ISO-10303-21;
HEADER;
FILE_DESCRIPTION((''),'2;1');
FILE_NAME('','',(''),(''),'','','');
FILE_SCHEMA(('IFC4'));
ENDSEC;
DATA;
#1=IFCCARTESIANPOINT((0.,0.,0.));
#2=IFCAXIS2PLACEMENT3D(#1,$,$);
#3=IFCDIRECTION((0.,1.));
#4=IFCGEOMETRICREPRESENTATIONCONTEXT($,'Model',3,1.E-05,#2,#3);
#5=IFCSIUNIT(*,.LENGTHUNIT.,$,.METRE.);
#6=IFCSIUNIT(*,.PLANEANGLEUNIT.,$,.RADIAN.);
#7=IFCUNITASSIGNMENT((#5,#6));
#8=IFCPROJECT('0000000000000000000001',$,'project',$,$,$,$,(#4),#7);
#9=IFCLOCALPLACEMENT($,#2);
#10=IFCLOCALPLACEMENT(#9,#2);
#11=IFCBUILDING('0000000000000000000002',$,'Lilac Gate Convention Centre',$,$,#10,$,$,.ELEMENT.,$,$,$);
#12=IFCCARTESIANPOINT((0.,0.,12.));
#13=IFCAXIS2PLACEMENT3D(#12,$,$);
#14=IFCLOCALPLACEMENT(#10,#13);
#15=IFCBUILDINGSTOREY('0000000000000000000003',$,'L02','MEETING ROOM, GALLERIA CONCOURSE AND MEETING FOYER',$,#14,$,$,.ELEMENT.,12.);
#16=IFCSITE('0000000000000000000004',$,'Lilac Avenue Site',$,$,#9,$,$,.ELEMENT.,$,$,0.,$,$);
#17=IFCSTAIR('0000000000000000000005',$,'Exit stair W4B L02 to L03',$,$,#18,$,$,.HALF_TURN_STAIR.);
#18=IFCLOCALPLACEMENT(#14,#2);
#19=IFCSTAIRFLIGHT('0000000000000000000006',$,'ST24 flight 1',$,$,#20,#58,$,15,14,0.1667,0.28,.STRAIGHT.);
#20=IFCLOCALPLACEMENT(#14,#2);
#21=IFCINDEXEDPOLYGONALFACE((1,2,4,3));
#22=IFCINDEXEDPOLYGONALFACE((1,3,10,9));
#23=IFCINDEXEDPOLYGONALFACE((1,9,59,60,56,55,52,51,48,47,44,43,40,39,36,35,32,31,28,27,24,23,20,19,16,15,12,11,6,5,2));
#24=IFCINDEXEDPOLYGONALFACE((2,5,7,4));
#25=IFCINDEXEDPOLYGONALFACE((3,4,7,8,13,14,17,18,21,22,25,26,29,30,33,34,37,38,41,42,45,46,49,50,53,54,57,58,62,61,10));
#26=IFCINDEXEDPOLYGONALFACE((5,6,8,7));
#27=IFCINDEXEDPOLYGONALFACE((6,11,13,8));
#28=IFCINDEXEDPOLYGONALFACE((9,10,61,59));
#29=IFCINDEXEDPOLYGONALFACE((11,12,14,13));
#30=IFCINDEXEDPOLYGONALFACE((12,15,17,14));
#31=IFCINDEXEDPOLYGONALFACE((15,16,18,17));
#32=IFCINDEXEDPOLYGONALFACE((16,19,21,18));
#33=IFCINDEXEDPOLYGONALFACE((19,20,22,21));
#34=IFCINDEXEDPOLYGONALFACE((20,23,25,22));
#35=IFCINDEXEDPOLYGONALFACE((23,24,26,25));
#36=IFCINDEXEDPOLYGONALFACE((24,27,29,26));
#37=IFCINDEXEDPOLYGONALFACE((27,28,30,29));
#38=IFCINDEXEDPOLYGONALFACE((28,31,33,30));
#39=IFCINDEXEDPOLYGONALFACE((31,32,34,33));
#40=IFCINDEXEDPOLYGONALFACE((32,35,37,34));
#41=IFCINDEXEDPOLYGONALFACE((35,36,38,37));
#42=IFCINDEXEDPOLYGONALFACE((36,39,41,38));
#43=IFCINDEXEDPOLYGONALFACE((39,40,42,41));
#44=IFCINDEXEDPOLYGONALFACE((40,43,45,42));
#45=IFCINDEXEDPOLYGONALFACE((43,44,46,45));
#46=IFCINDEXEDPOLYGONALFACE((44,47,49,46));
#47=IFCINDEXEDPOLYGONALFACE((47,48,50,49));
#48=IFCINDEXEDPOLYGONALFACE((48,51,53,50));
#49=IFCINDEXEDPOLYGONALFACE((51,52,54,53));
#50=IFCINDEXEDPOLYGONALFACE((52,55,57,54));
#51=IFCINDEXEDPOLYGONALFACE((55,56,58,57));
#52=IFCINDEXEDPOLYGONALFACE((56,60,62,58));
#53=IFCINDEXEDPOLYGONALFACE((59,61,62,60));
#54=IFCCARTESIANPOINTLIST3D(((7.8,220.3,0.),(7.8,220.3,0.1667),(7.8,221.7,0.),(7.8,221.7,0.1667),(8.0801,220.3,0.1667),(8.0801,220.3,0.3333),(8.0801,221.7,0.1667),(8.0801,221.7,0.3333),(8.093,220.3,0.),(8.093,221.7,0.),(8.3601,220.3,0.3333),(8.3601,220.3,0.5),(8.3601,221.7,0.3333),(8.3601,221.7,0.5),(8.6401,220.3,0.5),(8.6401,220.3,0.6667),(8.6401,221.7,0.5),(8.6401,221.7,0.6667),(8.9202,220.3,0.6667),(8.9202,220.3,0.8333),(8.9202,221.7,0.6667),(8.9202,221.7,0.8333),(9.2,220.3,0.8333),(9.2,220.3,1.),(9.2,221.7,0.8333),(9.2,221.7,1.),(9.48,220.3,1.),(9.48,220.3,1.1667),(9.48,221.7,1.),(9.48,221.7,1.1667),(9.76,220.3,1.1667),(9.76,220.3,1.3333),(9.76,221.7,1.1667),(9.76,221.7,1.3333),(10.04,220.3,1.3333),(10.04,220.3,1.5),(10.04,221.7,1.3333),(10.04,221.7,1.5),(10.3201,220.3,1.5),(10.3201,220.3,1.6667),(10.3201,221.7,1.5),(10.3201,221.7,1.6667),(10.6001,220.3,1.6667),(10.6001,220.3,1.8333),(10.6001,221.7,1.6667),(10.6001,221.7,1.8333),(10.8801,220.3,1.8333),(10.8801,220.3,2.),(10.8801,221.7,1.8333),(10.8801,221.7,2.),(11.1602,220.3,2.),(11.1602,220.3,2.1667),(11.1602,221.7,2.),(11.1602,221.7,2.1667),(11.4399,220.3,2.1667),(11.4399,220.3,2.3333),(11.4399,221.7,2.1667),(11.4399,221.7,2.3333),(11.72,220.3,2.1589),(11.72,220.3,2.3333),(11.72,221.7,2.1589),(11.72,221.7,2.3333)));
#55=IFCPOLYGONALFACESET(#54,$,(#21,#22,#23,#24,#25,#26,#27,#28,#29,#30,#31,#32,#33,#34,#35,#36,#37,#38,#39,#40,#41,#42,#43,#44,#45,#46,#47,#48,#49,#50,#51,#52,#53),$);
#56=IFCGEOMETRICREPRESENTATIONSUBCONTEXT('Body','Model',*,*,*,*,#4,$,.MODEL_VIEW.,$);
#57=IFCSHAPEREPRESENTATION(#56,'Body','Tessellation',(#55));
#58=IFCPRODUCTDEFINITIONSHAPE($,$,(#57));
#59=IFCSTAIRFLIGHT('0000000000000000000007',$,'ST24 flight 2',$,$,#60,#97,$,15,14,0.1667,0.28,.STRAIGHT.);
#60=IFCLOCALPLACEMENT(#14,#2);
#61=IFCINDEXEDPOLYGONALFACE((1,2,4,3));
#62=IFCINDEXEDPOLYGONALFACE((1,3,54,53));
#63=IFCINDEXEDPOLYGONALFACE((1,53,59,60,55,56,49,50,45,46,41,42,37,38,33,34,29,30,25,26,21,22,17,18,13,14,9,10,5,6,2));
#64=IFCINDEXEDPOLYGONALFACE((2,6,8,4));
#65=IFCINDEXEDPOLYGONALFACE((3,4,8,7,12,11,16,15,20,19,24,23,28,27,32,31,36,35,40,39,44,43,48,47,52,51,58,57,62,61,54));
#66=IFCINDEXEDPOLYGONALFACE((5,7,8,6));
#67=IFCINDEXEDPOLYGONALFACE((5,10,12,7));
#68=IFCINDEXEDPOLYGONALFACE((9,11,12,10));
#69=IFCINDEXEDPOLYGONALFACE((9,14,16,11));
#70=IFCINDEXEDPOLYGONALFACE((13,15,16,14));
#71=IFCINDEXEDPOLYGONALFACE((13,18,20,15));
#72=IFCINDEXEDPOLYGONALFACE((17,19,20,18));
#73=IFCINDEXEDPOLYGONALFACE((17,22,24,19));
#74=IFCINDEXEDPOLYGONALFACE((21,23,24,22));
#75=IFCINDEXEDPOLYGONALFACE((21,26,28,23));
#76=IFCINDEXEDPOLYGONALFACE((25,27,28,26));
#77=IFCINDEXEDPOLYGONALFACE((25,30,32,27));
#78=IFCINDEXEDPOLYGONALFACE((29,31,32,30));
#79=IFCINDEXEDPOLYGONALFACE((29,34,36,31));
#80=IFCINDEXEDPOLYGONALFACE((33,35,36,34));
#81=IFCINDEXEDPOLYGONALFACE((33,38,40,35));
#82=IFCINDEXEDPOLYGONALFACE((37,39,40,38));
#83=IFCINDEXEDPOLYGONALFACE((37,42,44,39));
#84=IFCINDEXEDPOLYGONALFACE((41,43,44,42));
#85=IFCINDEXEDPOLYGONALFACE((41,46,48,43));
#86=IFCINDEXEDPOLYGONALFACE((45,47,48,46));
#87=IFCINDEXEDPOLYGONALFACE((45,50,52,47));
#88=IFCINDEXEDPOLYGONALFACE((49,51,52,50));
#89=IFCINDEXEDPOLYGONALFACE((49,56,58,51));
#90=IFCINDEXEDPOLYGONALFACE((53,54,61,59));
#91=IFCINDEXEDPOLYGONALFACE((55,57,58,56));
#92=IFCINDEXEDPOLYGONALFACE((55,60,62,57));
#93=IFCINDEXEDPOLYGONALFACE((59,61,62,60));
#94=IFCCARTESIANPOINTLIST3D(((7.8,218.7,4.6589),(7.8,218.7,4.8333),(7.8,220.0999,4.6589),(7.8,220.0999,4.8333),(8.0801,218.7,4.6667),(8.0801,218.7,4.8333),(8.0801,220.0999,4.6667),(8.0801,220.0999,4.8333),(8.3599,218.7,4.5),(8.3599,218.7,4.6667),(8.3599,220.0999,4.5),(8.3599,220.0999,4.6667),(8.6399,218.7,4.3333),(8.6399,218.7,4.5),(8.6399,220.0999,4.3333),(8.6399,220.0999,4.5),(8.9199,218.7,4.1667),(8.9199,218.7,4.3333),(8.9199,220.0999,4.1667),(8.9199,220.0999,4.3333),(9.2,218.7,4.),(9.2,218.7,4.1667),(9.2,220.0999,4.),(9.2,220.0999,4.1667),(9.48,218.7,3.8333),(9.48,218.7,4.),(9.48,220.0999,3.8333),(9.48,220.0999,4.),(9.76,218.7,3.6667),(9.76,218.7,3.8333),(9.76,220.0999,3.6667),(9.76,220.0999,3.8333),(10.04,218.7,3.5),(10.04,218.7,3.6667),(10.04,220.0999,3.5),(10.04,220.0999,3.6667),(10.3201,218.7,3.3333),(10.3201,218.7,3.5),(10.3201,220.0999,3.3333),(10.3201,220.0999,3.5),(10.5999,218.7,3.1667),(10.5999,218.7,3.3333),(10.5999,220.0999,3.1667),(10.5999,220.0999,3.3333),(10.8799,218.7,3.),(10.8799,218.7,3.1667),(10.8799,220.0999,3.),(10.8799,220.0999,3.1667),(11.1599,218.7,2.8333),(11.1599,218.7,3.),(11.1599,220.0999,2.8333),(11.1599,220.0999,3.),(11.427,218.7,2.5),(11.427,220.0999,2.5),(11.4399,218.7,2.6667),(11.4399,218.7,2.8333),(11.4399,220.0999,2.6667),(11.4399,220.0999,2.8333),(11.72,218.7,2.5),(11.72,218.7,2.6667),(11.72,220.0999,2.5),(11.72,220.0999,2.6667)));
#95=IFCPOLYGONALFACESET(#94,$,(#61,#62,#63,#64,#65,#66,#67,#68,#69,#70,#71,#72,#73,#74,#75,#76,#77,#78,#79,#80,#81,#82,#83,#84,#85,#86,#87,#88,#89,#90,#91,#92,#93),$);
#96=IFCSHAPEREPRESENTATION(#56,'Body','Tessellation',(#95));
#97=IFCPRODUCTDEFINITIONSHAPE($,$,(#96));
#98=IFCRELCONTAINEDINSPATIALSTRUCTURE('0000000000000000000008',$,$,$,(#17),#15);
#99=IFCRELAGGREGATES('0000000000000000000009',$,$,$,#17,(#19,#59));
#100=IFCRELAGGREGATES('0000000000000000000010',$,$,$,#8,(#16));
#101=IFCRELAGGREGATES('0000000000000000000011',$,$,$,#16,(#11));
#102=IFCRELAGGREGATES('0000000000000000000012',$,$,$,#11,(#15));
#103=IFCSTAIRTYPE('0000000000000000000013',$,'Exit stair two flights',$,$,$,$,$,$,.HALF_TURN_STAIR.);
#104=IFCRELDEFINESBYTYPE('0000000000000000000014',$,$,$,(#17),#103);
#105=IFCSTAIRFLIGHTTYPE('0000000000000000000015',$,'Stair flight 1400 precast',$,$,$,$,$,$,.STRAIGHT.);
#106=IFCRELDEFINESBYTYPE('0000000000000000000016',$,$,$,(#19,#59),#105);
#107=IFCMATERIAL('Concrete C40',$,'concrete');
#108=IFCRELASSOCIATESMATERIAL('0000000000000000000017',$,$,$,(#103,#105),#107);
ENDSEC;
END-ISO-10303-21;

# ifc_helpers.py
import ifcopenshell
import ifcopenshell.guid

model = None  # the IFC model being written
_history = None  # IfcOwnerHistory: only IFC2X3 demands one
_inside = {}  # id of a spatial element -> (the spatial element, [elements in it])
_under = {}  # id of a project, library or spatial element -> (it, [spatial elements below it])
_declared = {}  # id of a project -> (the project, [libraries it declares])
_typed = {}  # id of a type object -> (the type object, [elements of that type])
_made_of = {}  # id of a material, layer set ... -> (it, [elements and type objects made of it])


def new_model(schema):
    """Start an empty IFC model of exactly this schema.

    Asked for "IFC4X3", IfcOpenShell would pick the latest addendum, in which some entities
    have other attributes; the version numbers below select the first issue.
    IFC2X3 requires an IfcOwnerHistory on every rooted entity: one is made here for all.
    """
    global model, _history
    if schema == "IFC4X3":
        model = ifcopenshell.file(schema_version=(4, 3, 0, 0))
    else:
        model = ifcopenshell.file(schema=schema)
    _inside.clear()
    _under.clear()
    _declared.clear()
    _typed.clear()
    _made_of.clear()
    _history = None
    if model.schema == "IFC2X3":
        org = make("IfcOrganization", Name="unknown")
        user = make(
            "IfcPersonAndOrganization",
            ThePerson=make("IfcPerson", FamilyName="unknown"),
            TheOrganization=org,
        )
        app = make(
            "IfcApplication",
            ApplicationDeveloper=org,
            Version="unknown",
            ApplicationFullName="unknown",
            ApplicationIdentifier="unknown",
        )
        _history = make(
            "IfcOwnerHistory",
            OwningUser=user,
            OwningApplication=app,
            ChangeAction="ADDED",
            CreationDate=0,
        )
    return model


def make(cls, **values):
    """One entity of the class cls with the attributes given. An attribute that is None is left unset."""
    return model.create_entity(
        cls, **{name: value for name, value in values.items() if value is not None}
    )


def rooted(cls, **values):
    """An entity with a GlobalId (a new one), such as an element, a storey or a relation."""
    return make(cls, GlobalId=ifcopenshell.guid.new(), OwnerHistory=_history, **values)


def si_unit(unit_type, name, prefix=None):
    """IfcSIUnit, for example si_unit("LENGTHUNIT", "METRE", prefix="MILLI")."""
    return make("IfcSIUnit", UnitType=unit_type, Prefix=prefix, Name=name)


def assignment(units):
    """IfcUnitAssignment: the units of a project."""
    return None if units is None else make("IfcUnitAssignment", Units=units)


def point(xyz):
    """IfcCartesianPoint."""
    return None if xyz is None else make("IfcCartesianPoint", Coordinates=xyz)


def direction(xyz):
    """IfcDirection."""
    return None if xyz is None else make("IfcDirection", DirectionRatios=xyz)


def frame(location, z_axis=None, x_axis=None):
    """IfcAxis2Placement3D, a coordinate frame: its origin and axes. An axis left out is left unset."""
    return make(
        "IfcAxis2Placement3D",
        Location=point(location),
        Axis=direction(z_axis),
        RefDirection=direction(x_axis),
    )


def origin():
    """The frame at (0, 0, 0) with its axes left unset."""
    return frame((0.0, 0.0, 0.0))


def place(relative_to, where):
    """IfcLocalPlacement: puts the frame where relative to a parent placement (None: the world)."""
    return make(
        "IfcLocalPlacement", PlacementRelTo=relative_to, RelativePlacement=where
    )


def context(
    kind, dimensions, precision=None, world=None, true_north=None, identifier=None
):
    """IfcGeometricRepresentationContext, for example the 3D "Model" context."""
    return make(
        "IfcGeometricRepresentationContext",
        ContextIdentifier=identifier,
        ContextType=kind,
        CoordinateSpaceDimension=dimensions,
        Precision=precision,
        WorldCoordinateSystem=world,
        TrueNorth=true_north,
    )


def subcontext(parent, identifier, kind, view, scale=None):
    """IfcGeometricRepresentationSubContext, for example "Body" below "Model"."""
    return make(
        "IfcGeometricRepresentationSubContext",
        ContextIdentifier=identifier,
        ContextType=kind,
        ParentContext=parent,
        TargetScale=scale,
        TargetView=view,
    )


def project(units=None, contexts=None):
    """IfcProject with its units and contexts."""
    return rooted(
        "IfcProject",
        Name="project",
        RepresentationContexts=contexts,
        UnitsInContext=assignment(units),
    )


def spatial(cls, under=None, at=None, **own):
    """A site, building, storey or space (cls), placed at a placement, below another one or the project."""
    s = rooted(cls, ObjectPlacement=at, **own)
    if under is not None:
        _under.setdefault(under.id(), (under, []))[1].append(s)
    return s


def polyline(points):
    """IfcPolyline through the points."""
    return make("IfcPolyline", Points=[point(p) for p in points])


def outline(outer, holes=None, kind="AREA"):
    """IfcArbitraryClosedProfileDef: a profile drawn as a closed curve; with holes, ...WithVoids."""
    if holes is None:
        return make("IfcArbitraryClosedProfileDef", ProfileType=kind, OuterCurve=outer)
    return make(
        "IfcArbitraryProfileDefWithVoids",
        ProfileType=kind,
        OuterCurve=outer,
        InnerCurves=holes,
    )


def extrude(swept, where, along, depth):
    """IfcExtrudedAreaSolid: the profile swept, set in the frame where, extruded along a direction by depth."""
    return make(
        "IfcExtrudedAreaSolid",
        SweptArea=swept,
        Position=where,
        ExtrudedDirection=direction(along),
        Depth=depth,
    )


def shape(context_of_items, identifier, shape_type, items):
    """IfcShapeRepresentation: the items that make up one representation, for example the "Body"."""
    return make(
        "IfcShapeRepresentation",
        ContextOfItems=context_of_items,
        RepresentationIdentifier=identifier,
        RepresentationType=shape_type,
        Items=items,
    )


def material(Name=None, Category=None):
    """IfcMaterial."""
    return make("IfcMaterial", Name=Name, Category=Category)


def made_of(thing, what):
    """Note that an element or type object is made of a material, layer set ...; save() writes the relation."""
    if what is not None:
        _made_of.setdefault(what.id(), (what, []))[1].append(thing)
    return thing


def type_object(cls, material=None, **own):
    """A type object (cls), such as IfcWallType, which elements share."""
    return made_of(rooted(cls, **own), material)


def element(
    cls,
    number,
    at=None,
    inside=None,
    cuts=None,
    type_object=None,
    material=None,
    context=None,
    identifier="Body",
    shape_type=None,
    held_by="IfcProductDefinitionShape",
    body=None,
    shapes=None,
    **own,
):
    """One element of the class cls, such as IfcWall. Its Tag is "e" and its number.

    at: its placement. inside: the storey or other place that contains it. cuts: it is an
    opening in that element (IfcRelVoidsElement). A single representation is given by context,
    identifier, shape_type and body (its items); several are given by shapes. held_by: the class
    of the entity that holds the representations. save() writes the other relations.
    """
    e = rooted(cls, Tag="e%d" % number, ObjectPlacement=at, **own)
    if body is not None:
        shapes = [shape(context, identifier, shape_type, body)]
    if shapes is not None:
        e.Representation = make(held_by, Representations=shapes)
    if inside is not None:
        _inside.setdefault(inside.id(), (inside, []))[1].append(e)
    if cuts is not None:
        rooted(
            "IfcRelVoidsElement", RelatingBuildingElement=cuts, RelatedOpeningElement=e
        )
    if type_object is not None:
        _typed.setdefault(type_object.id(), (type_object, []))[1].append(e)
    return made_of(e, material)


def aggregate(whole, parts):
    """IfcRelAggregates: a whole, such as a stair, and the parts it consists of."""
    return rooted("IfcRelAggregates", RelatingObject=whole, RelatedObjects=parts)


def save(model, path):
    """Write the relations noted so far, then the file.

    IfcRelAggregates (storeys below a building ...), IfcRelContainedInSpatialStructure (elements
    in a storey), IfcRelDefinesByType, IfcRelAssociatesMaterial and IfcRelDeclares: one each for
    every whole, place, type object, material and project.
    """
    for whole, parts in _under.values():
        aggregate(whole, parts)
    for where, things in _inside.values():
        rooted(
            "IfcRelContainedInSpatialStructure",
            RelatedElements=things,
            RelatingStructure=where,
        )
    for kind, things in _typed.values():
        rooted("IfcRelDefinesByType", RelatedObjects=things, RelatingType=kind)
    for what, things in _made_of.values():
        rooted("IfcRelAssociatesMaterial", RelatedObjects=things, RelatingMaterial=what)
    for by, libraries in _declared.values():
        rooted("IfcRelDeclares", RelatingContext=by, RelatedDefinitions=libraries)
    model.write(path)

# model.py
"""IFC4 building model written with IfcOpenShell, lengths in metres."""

from ifc_helpers import new_model, si_unit, direction, frame, origin, place, context, subcontext, project, spatial, polyline, outline, extrude, material, type_object, element, aggregate, save


model = new_model("IFC4")

# Units and contexts
model_context = context("Model", 3, precision=1e-05, world=origin(), true_north=direction((0.0, 1.0)))
body_context = subcontext(model_context, "Body", "Model", "MODEL_VIEW")
ifc_project = project(units=[si_unit("LENGTHUNIT", "METRE"), si_unit("PLANEANGLEUNIT", "RADIAN")], contexts=[model_context])

# Site, building, storey
site_placement = place(None, origin())
site = spatial("IfcSite", under=ifc_project, at=site_placement, Name="Lilac Avenue Site", CompositionType="ELEMENT", RefElevation=0.0)
building_placement = place(site_placement, origin())
building = spatial("IfcBuilding", under=site, at=building_placement, Name="Lilac Gate Convention Centre", CompositionType="ELEMENT")
storey_placement = place(building_placement, frame((0.0, 0.0, 12.0)))
storey = spatial("IfcBuildingStorey", under=building, at=storey_placement, Name="L02", Description="MEETING ROOM, GALLERIA CONCOURSE AND MEETING FOYER", CompositionType="ELEMENT", Elevation=12.0)

# Shared definitions
ifc_material_1 = material(Name="Concrete C40", Category="concrete")

# Stair, stair flights
stair_type = type_object("IfcStairType", Name="Exit stair two flights", PredefinedType="HALF_TURN_STAIR", material=ifc_material_1)
stair_placement = place(storey_placement, origin())
stair = element("IfcStair", 1, at=stair_placement, inside=storey, type_object=stair_type, Name="Exit stair W4B L02 to L03", PredefinedType="HALF_TURN_STAIR")
stair_flight_type = type_object("IfcStairFlightType", Name="Stair flight 1400 precast", PredefinedType="STRAIGHT", material=ifc_material_1)
stair_flight_1_placement = place(storey_placement, frame((7.8, 221.0, 0.0), z_axis=(0.0, 0.0, 1.0), x_axis=(1.0, 0.0, 0.0)))
stair_flight_1 = element("IfcStairFlight", 2, at=stair_flight_1_placement, type_object=stair_flight_type, Name="ST24 flight 1", NumberOfRisers=15, NumberOfTreads=14, PredefinedType="STRAIGHT", RiserHeight=0.1667, TreadLength=0.28, context=body_context, shape_type="SweptSolid", body=[
    extrude(outline(polyline([(0.0, 0.0), (0.0, 0.1667), (0.28, 0.1667), (0.28, 0.3333), (0.5601, 0.3333), (0.5601, 0.5), (0.8401, 0.5), (0.8401, 0.6667), (1.1201, 0.6667), (1.1201, 0.8333), (1.3999, 0.8333), (1.3999, 1.0), (1.6799, 1.0), (1.6799, 1.1667), (1.96, 1.1667), (1.96, 1.3333), (2.24, 1.3333), (2.24, 1.5), (2.52, 1.5), (2.52, 1.6667), (2.8, 1.6667), (2.8, 1.8333), (3.0801, 1.8333), (3.0801, 2.0), (3.3601, 2.0), (3.3601, 2.1667), (3.6399, 2.1667), (3.6399, 2.3333), (3.9199, 2.3333), (3.9199, 2.5), (3.9199, 2.1589), (0.293, 0.0), (0.0, 0.0)])), frame((0.0, 0.7, 0.0), z_axis=(0.0, -1.0, 0.0), x_axis=(1.0, 0.0, 0.0)), (0.0, 0.0, 1.0), 1.3999),
])
stair_flight_2_placement = place(storey_placement, frame((11.72, 219.3999, 2.5), z_axis=(0.0, 0.0, 1.0), x_axis=(-1.0, 0.0, 0.0)))
stair_flight_2 = element("IfcStairFlight", 3, at=stair_flight_2_placement, type_object=stair_flight_type, Name="ST24 flight 2", NumberOfRisers=15, NumberOfTreads=14, PredefinedType="STRAIGHT", RiserHeight=0.1667, TreadLength=0.28, context=body_context, shape_type="SweptSolid", body=[
    extrude(outline(polyline([(0.0, 0.0), (0.0, 0.1667), (0.28, 0.1667), (0.28, 0.3333), (0.5601, 0.3333), (0.5601, 0.5), (0.8401, 0.5), (0.8401, 0.6667), (1.1201, 0.6667), (1.1201, 0.8333), (1.3999, 0.8333), (1.3999, 1.0), (1.6799, 1.0), (1.6799, 1.1667), (1.96, 1.1667), (1.96, 1.3333), (2.24, 1.3333), (2.24, 1.5), (2.52, 1.5), (2.52, 1.6667), (2.8, 1.6667), (2.8, 1.8333), (3.0801, 1.8333), (3.0801, 2.0), (3.3601, 2.0), (3.3601, 2.1667), (3.6399, 2.1667), (3.6399, 2.3333), (3.9199, 2.3333), (3.9199, 2.5), (3.9199, 2.1589), (0.293, 0.0), (0.0, 0.0)])), frame((0.0, 0.7, 0.0), z_axis=(0.0, -1.0, 0.0), x_axis=(1.0, 0.0, 0.0)), (0.0, 0.0, 1.0), 1.3999),
])
aggregate(stair, [stair_flight_1, stair_flight_2])

save(model, "model.ifc")
